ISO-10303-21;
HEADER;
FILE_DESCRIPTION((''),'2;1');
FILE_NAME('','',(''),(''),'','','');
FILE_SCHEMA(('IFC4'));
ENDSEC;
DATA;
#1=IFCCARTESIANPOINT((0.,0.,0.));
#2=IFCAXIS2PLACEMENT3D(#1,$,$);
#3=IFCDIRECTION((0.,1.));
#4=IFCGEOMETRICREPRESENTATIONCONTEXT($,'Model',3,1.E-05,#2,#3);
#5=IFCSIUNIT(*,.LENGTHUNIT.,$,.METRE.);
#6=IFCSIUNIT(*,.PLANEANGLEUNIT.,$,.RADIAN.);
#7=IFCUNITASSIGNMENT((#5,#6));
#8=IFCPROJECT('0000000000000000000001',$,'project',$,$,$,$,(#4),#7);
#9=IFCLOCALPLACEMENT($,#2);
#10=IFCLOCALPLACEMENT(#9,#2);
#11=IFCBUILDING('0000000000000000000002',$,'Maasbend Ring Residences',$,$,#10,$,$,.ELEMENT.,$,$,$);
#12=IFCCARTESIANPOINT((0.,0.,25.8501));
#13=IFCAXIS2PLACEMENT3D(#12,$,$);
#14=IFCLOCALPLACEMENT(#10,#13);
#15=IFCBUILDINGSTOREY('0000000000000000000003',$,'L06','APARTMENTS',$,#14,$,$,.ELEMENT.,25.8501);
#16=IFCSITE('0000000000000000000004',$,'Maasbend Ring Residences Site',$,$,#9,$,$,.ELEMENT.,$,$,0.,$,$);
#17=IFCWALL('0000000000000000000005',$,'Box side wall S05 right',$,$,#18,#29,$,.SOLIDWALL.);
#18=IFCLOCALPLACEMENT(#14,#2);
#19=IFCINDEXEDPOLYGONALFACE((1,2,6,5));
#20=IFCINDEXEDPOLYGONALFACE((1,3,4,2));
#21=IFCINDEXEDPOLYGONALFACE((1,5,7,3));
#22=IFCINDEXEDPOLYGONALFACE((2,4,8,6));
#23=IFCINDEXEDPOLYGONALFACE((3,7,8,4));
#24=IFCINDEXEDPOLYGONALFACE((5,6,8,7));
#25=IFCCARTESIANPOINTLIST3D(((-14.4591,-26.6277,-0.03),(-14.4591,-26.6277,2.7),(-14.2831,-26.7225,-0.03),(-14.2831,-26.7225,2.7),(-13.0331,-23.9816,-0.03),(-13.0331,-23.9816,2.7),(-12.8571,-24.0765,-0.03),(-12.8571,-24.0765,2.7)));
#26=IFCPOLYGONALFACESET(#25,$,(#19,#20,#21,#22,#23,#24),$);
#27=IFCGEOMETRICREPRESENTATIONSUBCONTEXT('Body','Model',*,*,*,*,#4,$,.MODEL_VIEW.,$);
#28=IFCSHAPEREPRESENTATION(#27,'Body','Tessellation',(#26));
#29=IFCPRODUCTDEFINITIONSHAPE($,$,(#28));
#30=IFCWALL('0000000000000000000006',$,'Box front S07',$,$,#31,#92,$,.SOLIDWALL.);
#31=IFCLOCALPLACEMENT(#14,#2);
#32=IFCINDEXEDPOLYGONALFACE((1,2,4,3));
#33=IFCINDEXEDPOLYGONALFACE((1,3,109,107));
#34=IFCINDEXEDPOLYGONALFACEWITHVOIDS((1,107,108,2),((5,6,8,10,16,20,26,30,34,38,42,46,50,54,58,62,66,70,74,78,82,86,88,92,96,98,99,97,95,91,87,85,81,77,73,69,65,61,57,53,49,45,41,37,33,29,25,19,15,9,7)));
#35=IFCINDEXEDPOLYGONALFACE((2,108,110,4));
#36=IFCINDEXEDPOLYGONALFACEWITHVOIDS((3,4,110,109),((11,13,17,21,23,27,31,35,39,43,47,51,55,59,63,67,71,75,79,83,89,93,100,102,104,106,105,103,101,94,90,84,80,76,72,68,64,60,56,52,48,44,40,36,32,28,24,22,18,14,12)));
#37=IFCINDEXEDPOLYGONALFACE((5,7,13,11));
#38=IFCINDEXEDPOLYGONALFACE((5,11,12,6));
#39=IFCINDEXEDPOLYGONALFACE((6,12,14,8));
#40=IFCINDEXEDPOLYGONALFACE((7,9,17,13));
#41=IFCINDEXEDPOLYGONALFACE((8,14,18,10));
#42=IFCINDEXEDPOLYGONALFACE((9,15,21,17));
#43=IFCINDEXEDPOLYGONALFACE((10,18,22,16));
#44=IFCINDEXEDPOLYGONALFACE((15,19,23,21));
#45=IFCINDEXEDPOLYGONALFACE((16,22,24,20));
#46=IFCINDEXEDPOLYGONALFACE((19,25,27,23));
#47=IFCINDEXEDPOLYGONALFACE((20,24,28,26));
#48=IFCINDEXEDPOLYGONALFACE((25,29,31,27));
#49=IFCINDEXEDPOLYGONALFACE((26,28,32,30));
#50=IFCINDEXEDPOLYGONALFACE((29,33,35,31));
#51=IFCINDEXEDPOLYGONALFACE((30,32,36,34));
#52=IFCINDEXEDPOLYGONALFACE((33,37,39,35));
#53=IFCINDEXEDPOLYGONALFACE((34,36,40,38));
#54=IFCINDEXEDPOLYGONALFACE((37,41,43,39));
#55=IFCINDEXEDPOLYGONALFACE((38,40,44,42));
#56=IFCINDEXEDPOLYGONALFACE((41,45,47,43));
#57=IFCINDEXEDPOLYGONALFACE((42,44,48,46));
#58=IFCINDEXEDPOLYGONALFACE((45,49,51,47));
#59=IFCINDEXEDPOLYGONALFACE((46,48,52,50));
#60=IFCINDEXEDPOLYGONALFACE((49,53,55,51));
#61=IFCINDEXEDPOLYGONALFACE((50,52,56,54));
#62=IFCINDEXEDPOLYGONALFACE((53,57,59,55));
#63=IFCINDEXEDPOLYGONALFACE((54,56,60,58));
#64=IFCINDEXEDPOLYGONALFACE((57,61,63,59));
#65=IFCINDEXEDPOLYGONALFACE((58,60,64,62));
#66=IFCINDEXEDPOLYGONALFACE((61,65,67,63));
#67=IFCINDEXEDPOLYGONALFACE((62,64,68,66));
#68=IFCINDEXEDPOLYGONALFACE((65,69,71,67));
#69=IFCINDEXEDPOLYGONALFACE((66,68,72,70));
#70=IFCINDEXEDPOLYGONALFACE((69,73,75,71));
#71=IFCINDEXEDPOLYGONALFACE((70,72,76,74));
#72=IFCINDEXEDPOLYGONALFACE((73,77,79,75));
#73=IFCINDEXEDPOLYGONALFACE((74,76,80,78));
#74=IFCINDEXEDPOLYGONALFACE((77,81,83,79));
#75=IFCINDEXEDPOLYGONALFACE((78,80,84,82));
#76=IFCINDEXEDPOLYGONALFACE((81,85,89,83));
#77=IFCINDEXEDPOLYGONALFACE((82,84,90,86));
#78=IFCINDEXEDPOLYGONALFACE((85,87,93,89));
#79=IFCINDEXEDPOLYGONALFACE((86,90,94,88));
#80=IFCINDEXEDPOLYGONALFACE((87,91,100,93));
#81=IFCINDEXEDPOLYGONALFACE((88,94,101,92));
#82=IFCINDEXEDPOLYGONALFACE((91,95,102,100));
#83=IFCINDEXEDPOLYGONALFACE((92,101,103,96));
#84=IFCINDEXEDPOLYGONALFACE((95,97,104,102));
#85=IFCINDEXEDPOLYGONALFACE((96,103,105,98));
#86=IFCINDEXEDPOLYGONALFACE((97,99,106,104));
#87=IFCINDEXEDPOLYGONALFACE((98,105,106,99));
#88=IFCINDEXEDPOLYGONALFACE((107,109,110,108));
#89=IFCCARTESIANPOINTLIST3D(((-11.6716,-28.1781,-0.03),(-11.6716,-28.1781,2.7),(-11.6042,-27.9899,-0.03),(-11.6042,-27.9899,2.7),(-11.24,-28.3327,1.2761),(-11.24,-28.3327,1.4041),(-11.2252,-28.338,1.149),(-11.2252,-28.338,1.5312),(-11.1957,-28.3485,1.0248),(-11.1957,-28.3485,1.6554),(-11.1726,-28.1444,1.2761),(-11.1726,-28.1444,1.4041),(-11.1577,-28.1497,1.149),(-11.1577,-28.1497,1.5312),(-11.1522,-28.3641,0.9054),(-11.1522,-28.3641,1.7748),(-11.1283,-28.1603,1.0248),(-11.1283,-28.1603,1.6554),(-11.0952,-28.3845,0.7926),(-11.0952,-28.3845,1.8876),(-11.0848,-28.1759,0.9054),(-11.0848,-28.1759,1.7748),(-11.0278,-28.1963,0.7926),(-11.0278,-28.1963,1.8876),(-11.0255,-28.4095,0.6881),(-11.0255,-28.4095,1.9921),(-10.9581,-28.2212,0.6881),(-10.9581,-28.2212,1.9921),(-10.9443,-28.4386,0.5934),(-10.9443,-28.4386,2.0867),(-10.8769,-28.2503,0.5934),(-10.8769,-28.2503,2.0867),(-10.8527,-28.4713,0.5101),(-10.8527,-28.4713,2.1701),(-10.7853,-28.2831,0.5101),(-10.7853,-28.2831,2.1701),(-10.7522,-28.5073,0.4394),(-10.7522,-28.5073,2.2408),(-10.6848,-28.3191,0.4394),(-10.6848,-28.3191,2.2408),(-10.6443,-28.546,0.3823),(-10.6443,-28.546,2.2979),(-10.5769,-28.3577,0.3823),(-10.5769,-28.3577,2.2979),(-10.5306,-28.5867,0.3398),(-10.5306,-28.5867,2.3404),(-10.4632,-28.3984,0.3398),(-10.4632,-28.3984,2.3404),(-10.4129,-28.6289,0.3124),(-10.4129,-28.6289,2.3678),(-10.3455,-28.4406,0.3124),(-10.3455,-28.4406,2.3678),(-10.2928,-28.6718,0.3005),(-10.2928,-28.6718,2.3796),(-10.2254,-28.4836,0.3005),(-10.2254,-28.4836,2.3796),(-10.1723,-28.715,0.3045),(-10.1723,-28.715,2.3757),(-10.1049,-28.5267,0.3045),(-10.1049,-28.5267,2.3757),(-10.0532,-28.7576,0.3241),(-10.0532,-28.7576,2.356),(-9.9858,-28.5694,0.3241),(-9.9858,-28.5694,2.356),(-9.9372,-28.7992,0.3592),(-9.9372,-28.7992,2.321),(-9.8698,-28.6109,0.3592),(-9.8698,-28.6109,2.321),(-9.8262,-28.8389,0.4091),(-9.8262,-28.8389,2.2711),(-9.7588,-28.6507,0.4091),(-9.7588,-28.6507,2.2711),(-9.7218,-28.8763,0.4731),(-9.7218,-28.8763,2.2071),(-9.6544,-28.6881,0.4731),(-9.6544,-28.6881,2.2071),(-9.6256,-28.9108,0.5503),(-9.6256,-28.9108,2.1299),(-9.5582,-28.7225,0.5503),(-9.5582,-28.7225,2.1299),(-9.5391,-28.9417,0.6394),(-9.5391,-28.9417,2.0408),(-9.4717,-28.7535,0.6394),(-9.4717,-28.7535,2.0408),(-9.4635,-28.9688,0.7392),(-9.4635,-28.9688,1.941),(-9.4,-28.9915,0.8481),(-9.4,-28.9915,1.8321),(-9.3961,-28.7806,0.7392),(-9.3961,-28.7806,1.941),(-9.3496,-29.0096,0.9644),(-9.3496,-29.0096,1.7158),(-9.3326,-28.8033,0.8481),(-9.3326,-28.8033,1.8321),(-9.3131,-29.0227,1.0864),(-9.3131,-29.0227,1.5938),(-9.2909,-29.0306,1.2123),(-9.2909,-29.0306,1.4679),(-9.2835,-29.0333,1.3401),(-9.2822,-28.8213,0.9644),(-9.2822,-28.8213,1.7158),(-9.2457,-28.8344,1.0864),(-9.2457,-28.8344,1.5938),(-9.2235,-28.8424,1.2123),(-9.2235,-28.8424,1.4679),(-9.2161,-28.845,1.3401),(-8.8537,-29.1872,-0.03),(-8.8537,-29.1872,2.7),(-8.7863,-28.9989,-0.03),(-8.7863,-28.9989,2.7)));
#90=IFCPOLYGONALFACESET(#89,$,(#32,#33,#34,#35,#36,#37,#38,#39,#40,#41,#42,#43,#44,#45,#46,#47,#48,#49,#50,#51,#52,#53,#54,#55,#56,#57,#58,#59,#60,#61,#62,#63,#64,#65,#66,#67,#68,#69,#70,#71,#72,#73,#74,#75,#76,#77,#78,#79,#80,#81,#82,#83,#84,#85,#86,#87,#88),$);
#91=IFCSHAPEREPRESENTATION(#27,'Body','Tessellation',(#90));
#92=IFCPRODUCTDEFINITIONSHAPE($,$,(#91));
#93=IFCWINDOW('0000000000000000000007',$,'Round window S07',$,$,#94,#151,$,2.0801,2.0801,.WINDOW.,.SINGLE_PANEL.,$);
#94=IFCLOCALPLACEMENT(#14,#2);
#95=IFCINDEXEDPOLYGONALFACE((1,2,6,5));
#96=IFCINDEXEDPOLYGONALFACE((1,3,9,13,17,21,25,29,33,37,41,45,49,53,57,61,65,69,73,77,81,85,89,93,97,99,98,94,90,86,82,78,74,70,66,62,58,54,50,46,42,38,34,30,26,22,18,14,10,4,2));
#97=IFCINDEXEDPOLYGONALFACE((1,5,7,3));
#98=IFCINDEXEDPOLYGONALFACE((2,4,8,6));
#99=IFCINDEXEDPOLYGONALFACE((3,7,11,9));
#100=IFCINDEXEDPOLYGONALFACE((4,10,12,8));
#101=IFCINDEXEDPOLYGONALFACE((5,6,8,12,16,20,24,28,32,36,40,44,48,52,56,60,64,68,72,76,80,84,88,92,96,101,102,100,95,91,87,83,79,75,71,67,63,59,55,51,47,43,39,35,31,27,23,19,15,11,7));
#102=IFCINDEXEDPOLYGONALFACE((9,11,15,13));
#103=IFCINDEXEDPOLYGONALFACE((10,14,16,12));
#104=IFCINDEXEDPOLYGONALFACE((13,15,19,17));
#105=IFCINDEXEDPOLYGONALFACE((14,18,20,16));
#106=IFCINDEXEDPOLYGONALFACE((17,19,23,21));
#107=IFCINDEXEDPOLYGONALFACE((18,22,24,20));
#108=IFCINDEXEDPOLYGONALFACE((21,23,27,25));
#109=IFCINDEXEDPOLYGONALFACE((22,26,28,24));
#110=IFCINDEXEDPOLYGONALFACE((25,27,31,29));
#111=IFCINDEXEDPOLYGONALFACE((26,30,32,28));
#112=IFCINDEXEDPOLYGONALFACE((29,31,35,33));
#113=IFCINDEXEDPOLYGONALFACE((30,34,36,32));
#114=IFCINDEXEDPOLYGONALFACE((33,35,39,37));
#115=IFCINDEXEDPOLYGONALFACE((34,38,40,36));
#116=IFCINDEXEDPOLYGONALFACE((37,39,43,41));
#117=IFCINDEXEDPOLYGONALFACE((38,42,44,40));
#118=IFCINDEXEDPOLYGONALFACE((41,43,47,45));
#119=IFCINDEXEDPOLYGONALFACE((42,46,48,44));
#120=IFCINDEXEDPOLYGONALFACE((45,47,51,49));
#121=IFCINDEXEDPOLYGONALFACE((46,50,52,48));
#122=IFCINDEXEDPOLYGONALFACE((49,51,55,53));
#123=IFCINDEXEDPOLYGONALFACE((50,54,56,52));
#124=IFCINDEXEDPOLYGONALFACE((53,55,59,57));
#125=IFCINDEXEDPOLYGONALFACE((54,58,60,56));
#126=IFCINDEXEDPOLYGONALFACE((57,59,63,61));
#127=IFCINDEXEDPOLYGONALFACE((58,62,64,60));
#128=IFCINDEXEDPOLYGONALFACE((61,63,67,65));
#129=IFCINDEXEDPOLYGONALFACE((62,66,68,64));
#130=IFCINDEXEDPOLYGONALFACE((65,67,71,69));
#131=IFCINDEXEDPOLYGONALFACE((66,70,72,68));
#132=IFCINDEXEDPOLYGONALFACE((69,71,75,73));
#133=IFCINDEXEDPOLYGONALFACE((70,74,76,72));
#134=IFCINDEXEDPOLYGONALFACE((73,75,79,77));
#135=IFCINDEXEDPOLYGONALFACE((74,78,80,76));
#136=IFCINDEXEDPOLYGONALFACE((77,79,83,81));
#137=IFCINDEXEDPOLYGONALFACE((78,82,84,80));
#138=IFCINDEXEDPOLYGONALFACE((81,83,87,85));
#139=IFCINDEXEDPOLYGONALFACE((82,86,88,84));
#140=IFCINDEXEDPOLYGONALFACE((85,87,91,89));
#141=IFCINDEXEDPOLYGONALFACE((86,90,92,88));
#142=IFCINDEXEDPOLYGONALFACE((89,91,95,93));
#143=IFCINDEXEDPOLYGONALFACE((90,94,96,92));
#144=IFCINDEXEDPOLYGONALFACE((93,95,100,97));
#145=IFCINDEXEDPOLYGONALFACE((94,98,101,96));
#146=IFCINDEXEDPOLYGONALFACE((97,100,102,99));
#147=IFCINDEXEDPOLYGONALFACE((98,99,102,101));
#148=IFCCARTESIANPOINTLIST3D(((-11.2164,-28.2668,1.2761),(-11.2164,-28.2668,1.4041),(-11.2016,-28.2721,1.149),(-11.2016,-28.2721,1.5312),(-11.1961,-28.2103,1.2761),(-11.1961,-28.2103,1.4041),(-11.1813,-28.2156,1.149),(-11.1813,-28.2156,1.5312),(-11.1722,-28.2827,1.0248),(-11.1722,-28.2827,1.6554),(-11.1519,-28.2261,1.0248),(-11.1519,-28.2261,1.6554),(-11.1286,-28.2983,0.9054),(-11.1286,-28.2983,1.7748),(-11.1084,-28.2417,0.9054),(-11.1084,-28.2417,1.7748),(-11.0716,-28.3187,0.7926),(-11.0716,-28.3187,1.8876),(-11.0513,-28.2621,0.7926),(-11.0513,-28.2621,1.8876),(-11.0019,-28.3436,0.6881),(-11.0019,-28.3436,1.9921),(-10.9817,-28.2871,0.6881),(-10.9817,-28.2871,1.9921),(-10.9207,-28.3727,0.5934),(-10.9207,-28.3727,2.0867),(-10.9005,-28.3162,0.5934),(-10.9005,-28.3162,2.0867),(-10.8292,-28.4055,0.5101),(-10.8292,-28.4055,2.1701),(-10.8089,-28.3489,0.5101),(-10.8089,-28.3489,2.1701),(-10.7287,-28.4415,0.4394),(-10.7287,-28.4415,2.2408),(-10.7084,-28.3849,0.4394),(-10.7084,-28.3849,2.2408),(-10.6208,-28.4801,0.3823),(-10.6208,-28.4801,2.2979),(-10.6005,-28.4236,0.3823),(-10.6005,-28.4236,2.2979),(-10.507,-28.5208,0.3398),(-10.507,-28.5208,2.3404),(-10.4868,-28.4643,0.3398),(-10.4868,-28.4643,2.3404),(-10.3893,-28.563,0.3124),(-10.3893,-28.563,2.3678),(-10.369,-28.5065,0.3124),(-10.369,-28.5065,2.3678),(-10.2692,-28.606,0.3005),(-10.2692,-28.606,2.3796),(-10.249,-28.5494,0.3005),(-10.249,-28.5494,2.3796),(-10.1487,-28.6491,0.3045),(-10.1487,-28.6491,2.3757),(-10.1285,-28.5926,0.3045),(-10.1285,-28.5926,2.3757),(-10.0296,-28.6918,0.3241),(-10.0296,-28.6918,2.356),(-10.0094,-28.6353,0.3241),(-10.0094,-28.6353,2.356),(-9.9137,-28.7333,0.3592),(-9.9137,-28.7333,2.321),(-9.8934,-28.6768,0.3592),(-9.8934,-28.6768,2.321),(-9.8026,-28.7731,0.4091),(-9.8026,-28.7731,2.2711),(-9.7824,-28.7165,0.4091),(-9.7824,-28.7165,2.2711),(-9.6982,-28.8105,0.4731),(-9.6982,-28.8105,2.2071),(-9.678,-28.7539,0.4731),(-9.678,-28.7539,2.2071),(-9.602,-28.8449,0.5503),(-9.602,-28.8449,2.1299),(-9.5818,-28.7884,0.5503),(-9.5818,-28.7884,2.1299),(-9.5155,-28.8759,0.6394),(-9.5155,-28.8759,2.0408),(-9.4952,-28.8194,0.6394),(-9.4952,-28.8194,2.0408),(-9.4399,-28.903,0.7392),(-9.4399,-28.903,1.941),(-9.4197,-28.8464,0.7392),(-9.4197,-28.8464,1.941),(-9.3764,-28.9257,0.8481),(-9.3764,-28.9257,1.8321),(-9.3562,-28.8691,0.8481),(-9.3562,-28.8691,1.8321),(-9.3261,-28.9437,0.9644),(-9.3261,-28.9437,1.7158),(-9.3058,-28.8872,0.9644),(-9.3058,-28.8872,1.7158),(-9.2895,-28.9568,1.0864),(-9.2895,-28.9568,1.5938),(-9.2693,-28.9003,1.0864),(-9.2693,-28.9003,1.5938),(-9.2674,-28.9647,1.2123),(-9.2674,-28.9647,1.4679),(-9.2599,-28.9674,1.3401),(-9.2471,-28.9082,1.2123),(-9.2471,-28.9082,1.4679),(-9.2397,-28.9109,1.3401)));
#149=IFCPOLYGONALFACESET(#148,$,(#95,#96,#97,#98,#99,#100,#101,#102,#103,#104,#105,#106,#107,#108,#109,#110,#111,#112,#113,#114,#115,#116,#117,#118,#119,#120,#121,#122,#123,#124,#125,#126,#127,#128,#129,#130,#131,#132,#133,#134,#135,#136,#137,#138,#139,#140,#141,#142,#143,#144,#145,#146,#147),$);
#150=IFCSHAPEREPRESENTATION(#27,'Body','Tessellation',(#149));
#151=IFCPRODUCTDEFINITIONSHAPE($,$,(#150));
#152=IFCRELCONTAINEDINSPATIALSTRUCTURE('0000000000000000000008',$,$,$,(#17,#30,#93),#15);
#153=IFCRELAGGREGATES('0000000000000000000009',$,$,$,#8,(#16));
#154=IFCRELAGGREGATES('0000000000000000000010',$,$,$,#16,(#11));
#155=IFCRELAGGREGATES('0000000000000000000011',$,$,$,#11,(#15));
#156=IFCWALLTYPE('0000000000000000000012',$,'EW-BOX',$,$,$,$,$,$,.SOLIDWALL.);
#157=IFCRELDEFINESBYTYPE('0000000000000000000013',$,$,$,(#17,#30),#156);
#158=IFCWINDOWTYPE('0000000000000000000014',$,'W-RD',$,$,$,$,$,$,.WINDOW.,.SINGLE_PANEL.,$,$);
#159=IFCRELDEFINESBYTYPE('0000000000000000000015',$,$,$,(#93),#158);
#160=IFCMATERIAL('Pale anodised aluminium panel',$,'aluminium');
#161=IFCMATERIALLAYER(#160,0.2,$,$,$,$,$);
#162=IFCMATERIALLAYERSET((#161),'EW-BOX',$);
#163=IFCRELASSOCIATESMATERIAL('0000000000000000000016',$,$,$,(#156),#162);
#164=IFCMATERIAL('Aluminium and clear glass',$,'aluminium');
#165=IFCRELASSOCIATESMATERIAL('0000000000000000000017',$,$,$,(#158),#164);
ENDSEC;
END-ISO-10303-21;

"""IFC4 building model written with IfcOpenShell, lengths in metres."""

from ifc_helpers import new_model, si_unit, direction, frame, frame_2d, origin, place, context, subcontext, project, spatial, rectangle, circle, extrude, material, layer, layer_set, type_object, element, fill, save


model = new_model("IFC4")

# Units and contexts
model_context = context("Model", 3, precision=1e-05, world=origin(), true_north=direction((0.0, 1.0)))
body_context = subcontext(model_context, "Body", "Model", "MODEL_VIEW")
ifc_project = project(units=[si_unit("LENGTHUNIT", "METRE"), si_unit("PLANEANGLEUNIT", "RADIAN")], contexts=[model_context])

# Site, building, storey
site_placement = place(None, origin())
site = spatial("IfcSite", under=ifc_project, at=site_placement, Name="Maasbend Ring Residences Site", CompositionType="ELEMENT", RefElevation=0.0)
building_placement = place(site_placement, origin())
building = spatial("IfcBuilding", under=site, at=building_placement, Name="Maasbend Ring Residences", CompositionType="ELEMENT")
storey_placement = place(building_placement, frame((0.0, 0.0, 25.8501)))
storey = spatial("IfcBuildingStorey", under=building, at=storey_placement, Name="L06", Description="APARTMENTS", CompositionType="ELEMENT", Elevation=25.8501)

# Shared definitions
ifc_material_1 = material(Name="Pale anodised aluminium panel", Category="aluminium")
ifc_layer_1 = layer(ifc_material_1, 0.2)
ifc_layer_set_1 = layer_set([ifc_layer_1], Name="EW-BOX")
wall_type_1 = type_object("IfcWallType", Name="EW-BOX", PredefinedType="SOLIDWALL", material=ifc_layer_set_1)
ifc_material_2 = material(Name="Aluminium and clear glass", Category="aluminium")
window_type_1 = type_object("IfcWindowType", Name="W-RD", PartitioningType="SINGLE_PANEL", PredefinedType="WINDOW", material=ifc_material_2)

# Wall
wall_1_placement = place(storey_placement, frame((-12.9451, -24.0291, -0.03), z_axis=(0.0, 0.0, 1.0), x_axis=(-0.474424, -0.880296, 0.0)))
element("IfcWall", 1, at=wall_1_placement, inside=storey, type_object=wall_type_1, Name="Box side wall S05 right", PredefinedType="SOLIDWALL", context=body_context, shape_type="SweptSolid", body=[
    extrude(rectangle(XDim=3.0059, YDim=0.2, at=frame_2d((1.5029, 0.0))), origin(), (0.0, 0.0, 1.0), 2.73),
])

# Wall, opening, window
wall_2_placement = place(storey_placement, frame((-11.6379, -28.084, -0.03), z_axis=(0.0, 0.0, 1.0), x_axis=(0.941461, -0.337122, 0.0)))
wall_2 = element("IfcWall", 2, at=wall_2_placement, inside=storey, type_object=wall_type_1, Name="Box front S07", PredefinedType="SOLIDWALL", context=body_context, shape_type="SweptSolid", body=[
    extrude(rectangle(XDim=2.9932, YDim=0.2, at=frame_2d((1.4966, 0.0))), origin(), (0.0, 0.0, 1.0), 2.73),
])
opening_1_placement = place(wall_2_placement, frame((0.4565, 0.0, 0.3301)))
opening_1 = element("IfcOpeningElement", 3, at=opening_1_placement, cuts=wall_2, PredefinedType="OPENING", context=body_context, shape_type="SweptSolid", body=[
    extrude(circle(Radius=1.04, at=frame_2d((1.04, 1.04))), frame((0.0, 0.1099, 0.0), z_axis=(0.0, -1.0, 0.0), x_axis=(1.0, 0.0, 0.0)), (0.0, 0.0, 1.0), 0.22),
])
window_1_placement = place(opening_1_placement, origin())
window_1 = element("IfcWindow", 4, at=window_1_placement, inside=storey, type_object=window_type_1, Name="Round window S07", OverallHeight=2.0801, OverallWidth=2.0801, PartitioningType="SINGLE_PANEL", PredefinedType="WINDOW", context=body_context, shape_type="SweptSolid", body=[
    extrude(circle(Radius=1.04, at=frame_2d((1.04, 1.04))), frame((0.0, 0.03, 0.0), z_axis=(0.0, -1.0, 0.0), x_axis=(1.0, 0.0, 0.0)), (0.0, 0.0, 1.0), 0.0601),
])
fill(opening_1, window_1)

save(model, "model.ifc")
